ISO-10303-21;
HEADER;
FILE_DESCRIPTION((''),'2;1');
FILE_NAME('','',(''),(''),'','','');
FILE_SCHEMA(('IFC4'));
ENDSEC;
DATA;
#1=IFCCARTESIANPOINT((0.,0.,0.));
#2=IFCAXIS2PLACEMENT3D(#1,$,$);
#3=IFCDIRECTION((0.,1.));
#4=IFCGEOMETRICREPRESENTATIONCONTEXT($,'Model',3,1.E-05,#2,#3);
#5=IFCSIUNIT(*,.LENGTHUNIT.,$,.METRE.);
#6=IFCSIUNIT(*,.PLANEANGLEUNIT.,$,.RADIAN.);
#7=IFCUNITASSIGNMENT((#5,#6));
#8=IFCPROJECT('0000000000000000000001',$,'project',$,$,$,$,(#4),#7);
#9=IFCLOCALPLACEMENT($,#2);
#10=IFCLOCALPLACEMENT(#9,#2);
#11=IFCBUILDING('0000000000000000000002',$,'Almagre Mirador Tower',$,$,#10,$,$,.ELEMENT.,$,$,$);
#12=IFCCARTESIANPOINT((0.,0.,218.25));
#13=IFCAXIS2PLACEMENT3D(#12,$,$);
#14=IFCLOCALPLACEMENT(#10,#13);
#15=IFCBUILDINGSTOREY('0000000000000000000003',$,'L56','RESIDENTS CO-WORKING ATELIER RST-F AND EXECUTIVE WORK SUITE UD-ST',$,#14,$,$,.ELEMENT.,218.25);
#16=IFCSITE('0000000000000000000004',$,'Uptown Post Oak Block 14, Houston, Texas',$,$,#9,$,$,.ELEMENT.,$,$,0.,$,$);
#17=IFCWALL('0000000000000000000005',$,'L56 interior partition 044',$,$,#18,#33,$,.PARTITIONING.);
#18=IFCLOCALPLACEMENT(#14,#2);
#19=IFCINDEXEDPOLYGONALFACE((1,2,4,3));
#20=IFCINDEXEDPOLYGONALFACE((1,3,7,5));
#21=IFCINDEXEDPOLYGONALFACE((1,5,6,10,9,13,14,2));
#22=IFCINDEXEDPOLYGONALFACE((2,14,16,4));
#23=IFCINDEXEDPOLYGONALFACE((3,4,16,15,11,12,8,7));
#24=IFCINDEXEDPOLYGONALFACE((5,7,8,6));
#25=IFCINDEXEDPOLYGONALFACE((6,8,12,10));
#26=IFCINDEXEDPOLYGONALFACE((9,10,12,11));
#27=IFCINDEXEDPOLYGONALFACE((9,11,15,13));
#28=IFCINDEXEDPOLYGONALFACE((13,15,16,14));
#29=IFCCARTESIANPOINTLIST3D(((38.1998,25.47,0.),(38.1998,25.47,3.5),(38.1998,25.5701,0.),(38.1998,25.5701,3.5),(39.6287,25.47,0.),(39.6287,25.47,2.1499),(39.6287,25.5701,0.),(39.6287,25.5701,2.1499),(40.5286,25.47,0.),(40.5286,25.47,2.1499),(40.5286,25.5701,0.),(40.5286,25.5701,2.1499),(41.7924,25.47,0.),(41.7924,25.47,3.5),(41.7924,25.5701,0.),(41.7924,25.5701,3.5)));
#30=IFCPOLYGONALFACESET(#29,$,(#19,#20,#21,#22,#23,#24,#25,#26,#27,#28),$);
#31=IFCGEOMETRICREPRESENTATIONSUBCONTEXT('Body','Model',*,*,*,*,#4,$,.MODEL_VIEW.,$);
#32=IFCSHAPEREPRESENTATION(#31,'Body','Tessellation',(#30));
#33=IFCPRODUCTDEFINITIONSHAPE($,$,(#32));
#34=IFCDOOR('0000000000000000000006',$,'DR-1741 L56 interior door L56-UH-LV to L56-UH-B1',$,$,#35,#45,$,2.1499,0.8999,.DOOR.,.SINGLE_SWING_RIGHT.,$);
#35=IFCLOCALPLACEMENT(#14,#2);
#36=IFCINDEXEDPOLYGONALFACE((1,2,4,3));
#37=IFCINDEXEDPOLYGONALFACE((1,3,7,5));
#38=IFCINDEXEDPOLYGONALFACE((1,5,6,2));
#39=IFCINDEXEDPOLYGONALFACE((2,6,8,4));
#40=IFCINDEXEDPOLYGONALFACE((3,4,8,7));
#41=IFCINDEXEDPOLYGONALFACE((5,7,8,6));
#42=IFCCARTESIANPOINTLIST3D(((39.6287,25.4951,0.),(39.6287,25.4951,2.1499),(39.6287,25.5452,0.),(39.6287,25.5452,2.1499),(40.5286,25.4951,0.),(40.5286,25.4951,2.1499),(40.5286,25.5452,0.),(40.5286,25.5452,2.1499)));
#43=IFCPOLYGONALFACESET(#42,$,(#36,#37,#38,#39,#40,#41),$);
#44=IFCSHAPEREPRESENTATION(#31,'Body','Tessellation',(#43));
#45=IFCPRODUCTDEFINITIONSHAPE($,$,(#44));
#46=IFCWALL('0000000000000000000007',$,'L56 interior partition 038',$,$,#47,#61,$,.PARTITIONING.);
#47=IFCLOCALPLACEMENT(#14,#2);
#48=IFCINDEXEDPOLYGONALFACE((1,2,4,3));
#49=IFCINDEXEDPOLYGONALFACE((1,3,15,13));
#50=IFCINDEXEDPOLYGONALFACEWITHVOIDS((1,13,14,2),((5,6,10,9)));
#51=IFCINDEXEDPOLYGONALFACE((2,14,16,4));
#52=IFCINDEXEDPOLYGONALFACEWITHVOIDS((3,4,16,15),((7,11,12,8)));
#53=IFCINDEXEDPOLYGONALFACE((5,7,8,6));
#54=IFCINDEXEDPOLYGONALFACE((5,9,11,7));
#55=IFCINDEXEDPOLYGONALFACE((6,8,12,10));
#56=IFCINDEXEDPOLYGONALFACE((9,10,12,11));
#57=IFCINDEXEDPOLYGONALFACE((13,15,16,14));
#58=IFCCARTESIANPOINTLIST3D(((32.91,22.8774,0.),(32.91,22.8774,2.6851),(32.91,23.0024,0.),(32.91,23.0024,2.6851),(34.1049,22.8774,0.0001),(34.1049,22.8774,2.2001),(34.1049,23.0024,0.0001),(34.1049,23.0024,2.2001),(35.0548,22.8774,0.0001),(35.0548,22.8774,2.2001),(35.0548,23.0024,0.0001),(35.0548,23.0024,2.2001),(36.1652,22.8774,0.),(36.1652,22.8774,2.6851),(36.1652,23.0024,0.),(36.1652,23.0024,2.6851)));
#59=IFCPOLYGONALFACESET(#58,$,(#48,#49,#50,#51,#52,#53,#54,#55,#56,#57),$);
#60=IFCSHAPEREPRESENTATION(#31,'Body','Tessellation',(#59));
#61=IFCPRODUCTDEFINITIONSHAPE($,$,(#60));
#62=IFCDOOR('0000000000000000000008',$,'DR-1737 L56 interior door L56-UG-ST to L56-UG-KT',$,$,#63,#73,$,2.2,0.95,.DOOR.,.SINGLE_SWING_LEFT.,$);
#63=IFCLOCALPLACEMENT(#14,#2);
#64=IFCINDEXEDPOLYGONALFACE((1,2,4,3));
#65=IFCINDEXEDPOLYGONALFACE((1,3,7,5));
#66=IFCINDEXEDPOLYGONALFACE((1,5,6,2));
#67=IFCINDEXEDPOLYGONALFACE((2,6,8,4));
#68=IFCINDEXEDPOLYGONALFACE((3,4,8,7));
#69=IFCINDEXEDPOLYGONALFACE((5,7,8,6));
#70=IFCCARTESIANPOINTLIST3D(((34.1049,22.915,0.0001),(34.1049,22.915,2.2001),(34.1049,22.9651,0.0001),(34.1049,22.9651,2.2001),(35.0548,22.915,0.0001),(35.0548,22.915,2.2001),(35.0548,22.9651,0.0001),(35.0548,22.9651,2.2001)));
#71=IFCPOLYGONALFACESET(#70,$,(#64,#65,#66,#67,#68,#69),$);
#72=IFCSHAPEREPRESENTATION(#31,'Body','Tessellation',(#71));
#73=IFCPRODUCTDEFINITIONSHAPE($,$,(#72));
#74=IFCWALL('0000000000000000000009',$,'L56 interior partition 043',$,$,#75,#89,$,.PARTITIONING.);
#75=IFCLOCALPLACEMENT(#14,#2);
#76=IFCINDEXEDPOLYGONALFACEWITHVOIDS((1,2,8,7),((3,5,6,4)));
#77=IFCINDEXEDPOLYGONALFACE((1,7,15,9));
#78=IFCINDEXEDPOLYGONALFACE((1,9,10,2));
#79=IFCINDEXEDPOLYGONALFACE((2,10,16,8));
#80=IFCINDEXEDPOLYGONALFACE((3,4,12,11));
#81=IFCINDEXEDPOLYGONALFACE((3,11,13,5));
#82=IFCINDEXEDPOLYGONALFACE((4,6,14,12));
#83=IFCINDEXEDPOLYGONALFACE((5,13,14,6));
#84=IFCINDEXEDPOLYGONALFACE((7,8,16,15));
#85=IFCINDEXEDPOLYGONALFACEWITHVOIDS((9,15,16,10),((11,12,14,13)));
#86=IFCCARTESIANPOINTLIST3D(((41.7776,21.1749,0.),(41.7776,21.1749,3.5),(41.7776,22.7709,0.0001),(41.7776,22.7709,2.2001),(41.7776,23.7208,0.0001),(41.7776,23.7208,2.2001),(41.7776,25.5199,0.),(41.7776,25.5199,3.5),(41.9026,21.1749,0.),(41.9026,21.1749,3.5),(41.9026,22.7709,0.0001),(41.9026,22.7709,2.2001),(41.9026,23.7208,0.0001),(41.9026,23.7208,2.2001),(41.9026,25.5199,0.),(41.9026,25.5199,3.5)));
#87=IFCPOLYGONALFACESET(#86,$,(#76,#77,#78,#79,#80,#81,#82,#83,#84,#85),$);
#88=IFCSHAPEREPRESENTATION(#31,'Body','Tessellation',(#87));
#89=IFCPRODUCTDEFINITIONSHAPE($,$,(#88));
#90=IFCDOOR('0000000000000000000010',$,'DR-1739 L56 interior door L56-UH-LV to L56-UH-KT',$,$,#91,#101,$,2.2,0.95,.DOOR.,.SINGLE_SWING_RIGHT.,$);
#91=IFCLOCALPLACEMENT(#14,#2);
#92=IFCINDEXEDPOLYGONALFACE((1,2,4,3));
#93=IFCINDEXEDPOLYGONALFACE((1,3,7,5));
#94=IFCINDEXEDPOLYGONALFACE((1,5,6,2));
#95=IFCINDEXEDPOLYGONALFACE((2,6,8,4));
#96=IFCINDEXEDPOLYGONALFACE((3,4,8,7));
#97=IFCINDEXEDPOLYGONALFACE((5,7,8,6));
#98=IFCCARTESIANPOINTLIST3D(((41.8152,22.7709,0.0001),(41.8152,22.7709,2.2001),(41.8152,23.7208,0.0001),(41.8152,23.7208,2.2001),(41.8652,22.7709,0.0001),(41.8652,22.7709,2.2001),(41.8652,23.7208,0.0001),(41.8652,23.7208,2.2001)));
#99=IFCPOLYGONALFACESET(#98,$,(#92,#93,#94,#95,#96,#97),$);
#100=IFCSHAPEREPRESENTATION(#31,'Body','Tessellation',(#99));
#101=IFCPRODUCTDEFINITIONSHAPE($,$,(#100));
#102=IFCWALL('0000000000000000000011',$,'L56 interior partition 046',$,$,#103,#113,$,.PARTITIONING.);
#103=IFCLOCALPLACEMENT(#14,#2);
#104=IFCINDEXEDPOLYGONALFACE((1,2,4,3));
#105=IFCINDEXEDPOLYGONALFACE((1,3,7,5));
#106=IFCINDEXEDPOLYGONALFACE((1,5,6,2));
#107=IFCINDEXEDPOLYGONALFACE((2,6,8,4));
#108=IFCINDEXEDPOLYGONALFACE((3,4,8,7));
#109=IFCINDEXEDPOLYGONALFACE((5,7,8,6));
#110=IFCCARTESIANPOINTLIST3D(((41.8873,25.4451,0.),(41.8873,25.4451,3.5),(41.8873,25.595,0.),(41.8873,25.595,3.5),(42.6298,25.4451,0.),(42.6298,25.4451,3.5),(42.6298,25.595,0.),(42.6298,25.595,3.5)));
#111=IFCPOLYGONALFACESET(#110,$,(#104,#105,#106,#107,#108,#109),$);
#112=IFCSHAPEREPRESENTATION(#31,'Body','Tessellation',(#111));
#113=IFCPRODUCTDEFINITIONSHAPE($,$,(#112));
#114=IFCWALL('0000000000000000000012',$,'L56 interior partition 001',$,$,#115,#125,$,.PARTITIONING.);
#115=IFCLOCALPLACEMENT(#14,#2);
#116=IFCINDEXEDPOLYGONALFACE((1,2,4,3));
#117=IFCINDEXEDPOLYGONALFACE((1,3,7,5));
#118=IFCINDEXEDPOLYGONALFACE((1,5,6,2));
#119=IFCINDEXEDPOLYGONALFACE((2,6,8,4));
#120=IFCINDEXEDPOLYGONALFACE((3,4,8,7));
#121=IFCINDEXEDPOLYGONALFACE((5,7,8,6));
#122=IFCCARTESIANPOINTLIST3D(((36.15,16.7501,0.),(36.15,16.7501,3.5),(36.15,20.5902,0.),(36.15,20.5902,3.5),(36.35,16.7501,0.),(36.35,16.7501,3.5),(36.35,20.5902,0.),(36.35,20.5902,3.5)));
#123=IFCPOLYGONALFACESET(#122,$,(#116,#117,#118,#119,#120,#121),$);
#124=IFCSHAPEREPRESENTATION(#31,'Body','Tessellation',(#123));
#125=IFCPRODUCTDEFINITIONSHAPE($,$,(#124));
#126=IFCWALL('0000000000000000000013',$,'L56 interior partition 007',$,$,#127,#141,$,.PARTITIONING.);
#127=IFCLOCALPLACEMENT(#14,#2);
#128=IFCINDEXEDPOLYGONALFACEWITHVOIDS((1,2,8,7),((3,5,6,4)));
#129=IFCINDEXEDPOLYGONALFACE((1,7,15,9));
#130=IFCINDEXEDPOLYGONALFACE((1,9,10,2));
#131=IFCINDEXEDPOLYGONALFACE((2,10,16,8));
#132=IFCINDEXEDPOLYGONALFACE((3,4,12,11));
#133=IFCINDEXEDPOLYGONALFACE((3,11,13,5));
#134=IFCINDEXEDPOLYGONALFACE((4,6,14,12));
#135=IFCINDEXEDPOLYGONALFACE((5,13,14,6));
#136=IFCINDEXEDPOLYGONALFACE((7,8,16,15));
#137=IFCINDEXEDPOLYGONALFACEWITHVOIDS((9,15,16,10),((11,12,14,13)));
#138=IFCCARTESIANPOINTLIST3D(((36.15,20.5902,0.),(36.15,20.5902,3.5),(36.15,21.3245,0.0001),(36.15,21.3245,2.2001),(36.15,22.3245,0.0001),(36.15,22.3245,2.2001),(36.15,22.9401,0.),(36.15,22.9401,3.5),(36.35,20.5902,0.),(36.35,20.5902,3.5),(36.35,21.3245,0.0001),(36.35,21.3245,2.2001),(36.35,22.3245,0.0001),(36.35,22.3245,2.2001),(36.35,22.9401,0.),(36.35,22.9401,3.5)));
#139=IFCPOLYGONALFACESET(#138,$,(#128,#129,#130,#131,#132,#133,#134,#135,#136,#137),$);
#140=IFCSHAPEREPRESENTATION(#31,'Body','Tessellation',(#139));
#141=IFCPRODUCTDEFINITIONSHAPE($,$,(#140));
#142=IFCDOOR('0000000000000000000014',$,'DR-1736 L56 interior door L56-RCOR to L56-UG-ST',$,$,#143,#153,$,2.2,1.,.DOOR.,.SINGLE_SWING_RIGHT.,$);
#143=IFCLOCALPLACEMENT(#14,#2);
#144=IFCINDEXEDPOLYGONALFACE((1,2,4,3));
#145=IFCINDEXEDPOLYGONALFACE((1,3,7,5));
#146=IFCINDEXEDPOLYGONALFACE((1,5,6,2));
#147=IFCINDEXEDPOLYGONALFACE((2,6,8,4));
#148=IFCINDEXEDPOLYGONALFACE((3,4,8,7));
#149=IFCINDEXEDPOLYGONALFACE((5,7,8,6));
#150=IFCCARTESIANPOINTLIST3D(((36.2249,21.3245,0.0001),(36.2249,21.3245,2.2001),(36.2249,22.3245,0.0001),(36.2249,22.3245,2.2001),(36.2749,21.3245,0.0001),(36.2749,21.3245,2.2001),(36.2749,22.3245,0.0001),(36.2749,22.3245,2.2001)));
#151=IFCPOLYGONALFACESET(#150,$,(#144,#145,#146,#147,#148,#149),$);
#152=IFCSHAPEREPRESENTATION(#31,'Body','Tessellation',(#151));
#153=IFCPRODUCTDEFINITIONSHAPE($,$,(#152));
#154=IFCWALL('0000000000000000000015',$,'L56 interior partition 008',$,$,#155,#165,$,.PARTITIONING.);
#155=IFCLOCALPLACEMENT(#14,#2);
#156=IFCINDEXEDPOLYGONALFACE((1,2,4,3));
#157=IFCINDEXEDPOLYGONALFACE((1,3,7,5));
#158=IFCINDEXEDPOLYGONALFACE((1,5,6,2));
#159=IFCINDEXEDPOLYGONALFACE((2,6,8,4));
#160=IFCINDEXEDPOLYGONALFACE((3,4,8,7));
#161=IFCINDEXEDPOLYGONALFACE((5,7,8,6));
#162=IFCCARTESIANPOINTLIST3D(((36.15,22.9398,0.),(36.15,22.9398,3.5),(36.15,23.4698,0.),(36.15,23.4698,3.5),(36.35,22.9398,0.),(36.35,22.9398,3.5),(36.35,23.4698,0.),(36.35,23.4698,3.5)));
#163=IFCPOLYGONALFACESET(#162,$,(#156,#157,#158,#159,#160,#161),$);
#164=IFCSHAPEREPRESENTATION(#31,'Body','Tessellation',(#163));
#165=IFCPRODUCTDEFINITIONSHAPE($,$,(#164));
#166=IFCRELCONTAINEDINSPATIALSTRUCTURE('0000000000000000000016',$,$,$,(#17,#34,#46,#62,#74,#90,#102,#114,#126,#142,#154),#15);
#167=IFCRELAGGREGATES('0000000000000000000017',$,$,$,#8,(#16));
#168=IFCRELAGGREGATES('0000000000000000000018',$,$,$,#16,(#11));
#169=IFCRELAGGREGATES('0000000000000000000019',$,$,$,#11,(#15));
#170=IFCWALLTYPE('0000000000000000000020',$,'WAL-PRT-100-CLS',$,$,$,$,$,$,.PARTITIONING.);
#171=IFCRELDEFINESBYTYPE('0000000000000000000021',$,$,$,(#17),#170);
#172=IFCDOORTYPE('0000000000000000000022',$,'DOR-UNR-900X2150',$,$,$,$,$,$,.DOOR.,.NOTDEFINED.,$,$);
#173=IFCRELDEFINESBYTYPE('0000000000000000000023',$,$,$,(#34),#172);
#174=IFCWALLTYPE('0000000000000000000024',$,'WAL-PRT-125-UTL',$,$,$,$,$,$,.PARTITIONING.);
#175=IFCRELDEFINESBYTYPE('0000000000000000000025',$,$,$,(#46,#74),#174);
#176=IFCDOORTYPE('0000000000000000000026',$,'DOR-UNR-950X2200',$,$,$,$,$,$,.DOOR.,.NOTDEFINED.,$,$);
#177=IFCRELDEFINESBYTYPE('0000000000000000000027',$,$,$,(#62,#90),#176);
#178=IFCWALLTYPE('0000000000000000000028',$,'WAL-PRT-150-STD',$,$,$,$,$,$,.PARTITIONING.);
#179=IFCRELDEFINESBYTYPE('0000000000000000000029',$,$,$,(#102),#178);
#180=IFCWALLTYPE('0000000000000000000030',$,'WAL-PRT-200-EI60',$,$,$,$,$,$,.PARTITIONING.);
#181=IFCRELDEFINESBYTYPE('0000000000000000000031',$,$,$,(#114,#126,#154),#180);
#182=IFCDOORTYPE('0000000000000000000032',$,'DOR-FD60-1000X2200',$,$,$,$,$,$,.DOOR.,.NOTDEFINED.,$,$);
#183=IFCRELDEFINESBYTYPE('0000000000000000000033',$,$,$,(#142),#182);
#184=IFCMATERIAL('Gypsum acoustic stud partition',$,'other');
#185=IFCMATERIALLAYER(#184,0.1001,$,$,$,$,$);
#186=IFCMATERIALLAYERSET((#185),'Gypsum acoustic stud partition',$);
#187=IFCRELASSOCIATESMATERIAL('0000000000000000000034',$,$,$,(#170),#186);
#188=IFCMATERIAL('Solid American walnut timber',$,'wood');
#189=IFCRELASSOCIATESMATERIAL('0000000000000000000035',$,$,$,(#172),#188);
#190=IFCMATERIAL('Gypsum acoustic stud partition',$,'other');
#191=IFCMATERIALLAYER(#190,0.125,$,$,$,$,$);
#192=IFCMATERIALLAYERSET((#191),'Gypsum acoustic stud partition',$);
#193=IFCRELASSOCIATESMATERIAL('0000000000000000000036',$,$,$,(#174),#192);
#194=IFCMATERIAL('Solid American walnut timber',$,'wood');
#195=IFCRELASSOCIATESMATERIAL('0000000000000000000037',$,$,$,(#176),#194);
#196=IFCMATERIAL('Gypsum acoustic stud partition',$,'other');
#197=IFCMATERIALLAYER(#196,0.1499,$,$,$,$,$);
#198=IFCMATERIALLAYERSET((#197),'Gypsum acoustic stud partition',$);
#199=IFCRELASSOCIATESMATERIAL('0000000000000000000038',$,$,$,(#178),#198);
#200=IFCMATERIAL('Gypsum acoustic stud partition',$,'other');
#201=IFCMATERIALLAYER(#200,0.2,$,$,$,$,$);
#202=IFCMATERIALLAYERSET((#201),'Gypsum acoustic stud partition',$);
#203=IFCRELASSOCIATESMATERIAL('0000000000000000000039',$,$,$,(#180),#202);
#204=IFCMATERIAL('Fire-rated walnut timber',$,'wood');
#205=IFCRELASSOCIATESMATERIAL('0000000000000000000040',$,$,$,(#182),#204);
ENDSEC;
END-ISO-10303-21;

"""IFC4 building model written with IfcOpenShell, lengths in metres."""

from ifc_helpers import new_model, si_unit, direction, frame, frame_2d, origin, place, context, subcontext, project, spatial, rectangle, extrude, material, layer, layer_set, type_object, element, fill, save


model = new_model("IFC4")

# Units and contexts
model_context = context("Model", 3, precision=1e-05, world=origin(), true_north=direction((0.0, 1.0)))
body_context = subcontext(model_context, "Body", "Model", "MODEL_VIEW")
ifc_project = project(units=[si_unit("LENGTHUNIT", "METRE"), si_unit("PLANEANGLEUNIT", "RADIAN")], contexts=[model_context])

# Site, building, storey
site_placement = place(None, origin())
site = spatial("IfcSite", under=ifc_project, at=site_placement, Name="Uptown Post Oak Block 14, Houston, Texas", CompositionType="ELEMENT", RefElevation=0.0)
building_placement = place(site_placement, origin())
building = spatial("IfcBuilding", under=site, at=building_placement, Name="Almagre Mirador Tower", CompositionType="ELEMENT")
storey_placement = place(building_placement, frame((0.0, 0.0, 218.25)))
storey = spatial("IfcBuildingStorey", under=building, at=storey_placement, Name="L56", Description="RESIDENTS CO-WORKING ATELIER RST-F AND EXECUTIVE WORK SUITE UD-ST", CompositionType="ELEMENT", Elevation=218.25)

# Walls, openings, doors
ifc_material_1 = material(Name="Gypsum acoustic stud partition", Category="other")
ifc_layer_1 = layer(ifc_material_1, 0.1001)
ifc_layer_set_1 = layer_set([ifc_layer_1], Name="Gypsum acoustic stud partition")
wall_type_1 = type_object("IfcWallType", Name="WAL-PRT-100-CLS", PredefinedType="PARTITIONING", material=ifc_layer_set_1)
wall_1_placement = place(storey_placement, frame((41.7925, 25.52, 0.0), z_axis=(0.0, 0.0, 1.0), x_axis=(-1.0, 0.0, 0.0)))
wall_1 = element("IfcWall", 1, at=wall_1_placement, inside=storey, type_object=wall_type_1, Name="L56 interior partition 044", PredefinedType="PARTITIONING", context=body_context, shape_type="SweptSolid", body=[
    extrude(rectangle(XDim=3.5925, YDim=0.1001, at=frame_2d((1.7964, 0.0))), origin(), (0.0, 0.0, 1.0), 3.5),
])
opening_1_placement = place(wall_1_placement, frame((1.2639, 0.0, 0.0)))
opening_1 = element("IfcOpeningElement", 2, at=opening_1_placement, cuts=wall_1, PredefinedType="OPENING", context=body_context, shape_type="SweptSolid", body=[
    extrude(rectangle(XDim=0.8999, YDim=2.1499, at=frame_2d((0.45, 1.075))), frame((0.0, 0.06, 0.0), z_axis=(0.0, -1.0, 0.0), x_axis=(1.0, 0.0, 0.0)), (0.0, 0.0, 1.0), 0.1201),
])
ifc_material_2 = material(Name="Solid American walnut timber", Category="wood")
door_type_1 = type_object("IfcDoorType", Name="DOR-UNR-900X2150", OperationType="NOTDEFINED", PredefinedType="DOOR", material=ifc_material_2)
door_1_placement = place(opening_1_placement, origin())
door_1 = element("IfcDoor", 3, at=door_1_placement, inside=storey, type_object=door_type_1, Name="DR-1741 L56 interior door L56-UH-LV to L56-UH-B1", OperationType="SINGLE_SWING_RIGHT", OverallHeight=2.1499, OverallWidth=0.8999, PredefinedType="DOOR", context=body_context, shape_type="SweptSolid", body=[
    extrude(rectangle(XDim=0.8999, YDim=2.1499, at=frame_2d((0.45, 1.075))), frame((0.0, 0.0249, 0.0), z_axis=(0.0, -1.0, 0.0), x_axis=(1.0, 0.0, 0.0)), (0.0, 0.0, 1.0), 0.05),
])
fill(opening_1, door_1)
ifc_material_3 = material(Name="Gypsum acoustic stud partition", Category="other")
ifc_layer_2 = layer(ifc_material_3, 0.125)
ifc_layer_set_2 = layer_set([ifc_layer_2], Name="Gypsum acoustic stud partition")
wall_type_2 = type_object("IfcWallType", Name="WAL-PRT-125-UTL", PredefinedType="PARTITIONING", material=ifc_layer_set_2)
wall_2_placement = place(storey_placement, frame((36.165, 22.9399, 0.0), z_axis=(0.0, 0.0, 1.0), x_axis=(-1.0, 0.0, 0.0)))
wall_2 = element("IfcWall", 4, at=wall_2_placement, inside=storey, type_object=wall_type_2, Name="L56 interior partition 038", PredefinedType="PARTITIONING", context=body_context, shape_type="SweptSolid", body=[
    extrude(rectangle(XDim=3.2551, YDim=0.125, at=frame_2d((1.6274, 0.0))), origin(), (0.0, 0.0, 1.0), 2.6851),
])
opening_2_placement = place(wall_2_placement, frame((1.1101, 0.0, 0.0)))
opening_2 = element("IfcOpeningElement", 5, at=opening_2_placement, cuts=wall_2, PredefinedType="OPENING", context=body_context, shape_type="SweptSolid", body=[
    extrude(rectangle(XDim=0.95, YDim=2.2, at=frame_2d((0.4751, 1.1001))), frame((0.0, 0.0725, 0.0), z_axis=(0.0, -1.0, 0.0), x_axis=(1.0, 0.0, 0.0)), (0.0, 0.0, 1.0), 0.145),
])
ifc_material_4 = material(Name="Solid American walnut timber", Category="wood")
door_type_2 = type_object("IfcDoorType", Name="DOR-UNR-950X2200", OperationType="NOTDEFINED", PredefinedType="DOOR", material=ifc_material_4)
door_2_placement = place(opening_2_placement, origin())
door_2 = element("IfcDoor", 6, at=door_2_placement, inside=storey, type_object=door_type_2, Name="DR-1737 L56 interior door L56-UG-ST to L56-UG-KT", OperationType="SINGLE_SWING_LEFT", OverallHeight=2.2, OverallWidth=0.95, PredefinedType="DOOR", context=body_context, shape_type="SweptSolid", body=[
    extrude(rectangle(XDim=0.95, YDim=2.2, at=frame_2d((0.4751, 1.1001))), frame((0.0, 0.0249, 0.0), z_axis=(0.0, -1.0, 0.0), x_axis=(1.0, 0.0, 0.0)), (0.0, 0.0, 1.0), 0.05),
])
fill(opening_2, door_2)
wall_3_placement = place(storey_placement, frame((41.8401, 21.175, 0.0), z_axis=(0.0, 0.0, 1.0), x_axis=(0.0, 1.0, 0.0)))
wall_3 = element("IfcWall", 7, at=wall_3_placement, inside=storey, type_object=wall_type_2, Name="L56 interior partition 043", PredefinedType="PARTITIONING", context=body_context, shape_type="SweptSolid", body=[
    extrude(rectangle(XDim=4.345, YDim=0.125, at=frame_2d((2.1724, 0.0))), origin(), (0.0, 0.0, 1.0), 3.5),
])
opening_3_placement = place(wall_3_placement, frame((1.5957, 0.0, 0.0)))
opening_3 = element("IfcOpeningElement", 8, at=opening_3_placement, cuts=wall_3, PredefinedType="OPENING", context=body_context, shape_type="SweptSolid", body=[
    extrude(rectangle(XDim=0.95, YDim=2.2, at=frame_2d((0.4751, 1.1001))), frame((0.0, 0.0725, 0.0), z_axis=(0.0, -1.0, 0.0), x_axis=(1.0, 0.0, 0.0)), (0.0, 0.0, 1.0), 0.145),
])
door_3_placement = place(opening_3_placement, origin())
door_3 = element("IfcDoor", 9, at=door_3_placement, inside=storey, type_object=door_type_2, Name="DR-1739 L56 interior door L56-UH-LV to L56-UH-KT", OperationType="SINGLE_SWING_RIGHT", OverallHeight=2.2, OverallWidth=0.95, PredefinedType="DOOR", context=body_context, shape_type="SweptSolid", body=[
    extrude(rectangle(XDim=0.95, YDim=2.2, at=frame_2d((0.4751, 1.1001))), frame((0.0, 0.0249, 0.0), z_axis=(0.0, -1.0, 0.0), x_axis=(1.0, 0.0, 0.0)), (0.0, 0.0, 1.0), 0.05),
])
fill(opening_3, door_3)

# Walls
ifc_material_5 = material(Name="Gypsum acoustic stud partition", Category="other")
ifc_layer_3 = layer(ifc_material_5, 0.1499)
ifc_layer_set_3 = layer_set([ifc_layer_3], Name="Gypsum acoustic stud partition")
wall_type_3 = type_object("IfcWallType", Name="WAL-PRT-150-STD", PredefinedType="PARTITIONING", material=ifc_layer_set_3)
wall_4_placement = place(storey_placement, frame((41.8875, 25.52, 0.0), z_axis=(0.0, 0.0, 1.0), x_axis=(1.0, 0.0, 0.0)))
element("IfcWall", 10, at=wall_4_placement, inside=storey, type_object=wall_type_3, Name="L56 interior partition 046", PredefinedType="PARTITIONING", context=body_context, shape_type="SweptSolid", body=[
    extrude(rectangle(XDim=0.7424, YDim=0.1499, at=frame_2d((0.3711, 0.0))), origin(), (0.0, 0.0, 1.0), 3.5),
])
ifc_material_6 = material(Name="Gypsum acoustic stud partition", Category="other")
ifc_layer_4 = layer(ifc_material_6, 0.2)
ifc_layer_set_4 = layer_set([ifc_layer_4], Name="Gypsum acoustic stud partition")
wall_type_4 = type_object("IfcWallType", Name="WAL-PRT-200-EI60", PredefinedType="PARTITIONING", material=ifc_layer_set_4)
wall_5_placement = place(storey_placement, frame((36.25, 20.5901, 0.0), z_axis=(0.0, 0.0, 1.0), x_axis=(0.0, -1.0, 0.0)))
element("IfcWall", 11, at=wall_5_placement, inside=storey, type_object=wall_type_4, Name="L56 interior partition 001", PredefinedType="PARTITIONING", context=body_context, shape_type="SweptSolid", body=[
    extrude(rectangle(XDim=3.8401, YDim=0.2, at=frame_2d((1.9199, 0.0))), origin(), (0.0, 0.0, 1.0), 3.5),
])

# Wall, opening, door
wall_6_placement = place(storey_placement, frame((36.25, 22.9399, 0.0), z_axis=(0.0, 0.0, 1.0), x_axis=(0.0, -1.0, 0.0)))
wall_6 = element("IfcWall", 12, at=wall_6_placement, inside=storey, type_object=wall_type_4, Name="L56 interior partition 007", PredefinedType="PARTITIONING", context=body_context, shape_type="SweptSolid", body=[
    extrude(rectangle(XDim=2.3499, YDim=0.2, at=frame_2d((1.1748, 0.0))), origin(), (0.0, 0.0, 1.0), 3.5),
])
opening_4_placement = place(wall_6_placement, frame((0.6155, 0.0, 0.0)))
opening_4 = element("IfcOpeningElement", 13, at=opening_4_placement, cuts=wall_6, PredefinedType="OPENING", context=body_context, shape_type="SweptSolid", body=[
    extrude(rectangle(XDim=1.0, YDim=2.2, at=frame_2d((0.5, 1.1001))), frame((0.0, 0.1101, 0.0), z_axis=(0.0, -1.0, 0.0), x_axis=(1.0, 0.0, 0.0)), (0.0, 0.0, 1.0), 0.22),
])
ifc_material_7 = material(Name="Fire-rated walnut timber", Category="wood")
door_type_3 = type_object("IfcDoorType", Name="DOR-FD60-1000X2200", OperationType="NOTDEFINED", PredefinedType="DOOR", material=ifc_material_7)
door_4_placement = place(opening_4_placement, origin())
door_4 = element("IfcDoor", 14, at=door_4_placement, inside=storey, type_object=door_type_3, Name="DR-1736 L56 interior door L56-RCOR to L56-UG-ST", OperationType="SINGLE_SWING_RIGHT", OverallHeight=2.2, OverallWidth=1.0, PredefinedType="DOOR", context=body_context, shape_type="SweptSolid", body=[
    extrude(rectangle(XDim=1.0, YDim=2.2, at=frame_2d((0.5, 1.1001))), frame((0.0, 0.0249, 0.0), z_axis=(0.0, -1.0, 0.0), x_axis=(1.0, 0.0, 0.0)), (0.0, 0.0, 1.0), 0.05),
])
fill(opening_4, door_4)

# Wall
wall_7_placement = place(storey_placement, frame((36.25, 23.47, 0.0), z_axis=(0.0, 0.0, 1.0), x_axis=(0.0, -1.0, 0.0)))
element("IfcWall", 15, at=wall_7_placement, inside=storey, type_object=wall_type_4, Name="L56 interior partition 008", PredefinedType="PARTITIONING", context=body_context, shape_type="SweptSolid", body=[
    extrude(rectangle(XDim=0.53, YDim=0.2, at=frame_2d((0.2651, 0.0))), origin(), (0.0, 0.0, 1.0), 3.5),
])

save(model, "model.ifc")
